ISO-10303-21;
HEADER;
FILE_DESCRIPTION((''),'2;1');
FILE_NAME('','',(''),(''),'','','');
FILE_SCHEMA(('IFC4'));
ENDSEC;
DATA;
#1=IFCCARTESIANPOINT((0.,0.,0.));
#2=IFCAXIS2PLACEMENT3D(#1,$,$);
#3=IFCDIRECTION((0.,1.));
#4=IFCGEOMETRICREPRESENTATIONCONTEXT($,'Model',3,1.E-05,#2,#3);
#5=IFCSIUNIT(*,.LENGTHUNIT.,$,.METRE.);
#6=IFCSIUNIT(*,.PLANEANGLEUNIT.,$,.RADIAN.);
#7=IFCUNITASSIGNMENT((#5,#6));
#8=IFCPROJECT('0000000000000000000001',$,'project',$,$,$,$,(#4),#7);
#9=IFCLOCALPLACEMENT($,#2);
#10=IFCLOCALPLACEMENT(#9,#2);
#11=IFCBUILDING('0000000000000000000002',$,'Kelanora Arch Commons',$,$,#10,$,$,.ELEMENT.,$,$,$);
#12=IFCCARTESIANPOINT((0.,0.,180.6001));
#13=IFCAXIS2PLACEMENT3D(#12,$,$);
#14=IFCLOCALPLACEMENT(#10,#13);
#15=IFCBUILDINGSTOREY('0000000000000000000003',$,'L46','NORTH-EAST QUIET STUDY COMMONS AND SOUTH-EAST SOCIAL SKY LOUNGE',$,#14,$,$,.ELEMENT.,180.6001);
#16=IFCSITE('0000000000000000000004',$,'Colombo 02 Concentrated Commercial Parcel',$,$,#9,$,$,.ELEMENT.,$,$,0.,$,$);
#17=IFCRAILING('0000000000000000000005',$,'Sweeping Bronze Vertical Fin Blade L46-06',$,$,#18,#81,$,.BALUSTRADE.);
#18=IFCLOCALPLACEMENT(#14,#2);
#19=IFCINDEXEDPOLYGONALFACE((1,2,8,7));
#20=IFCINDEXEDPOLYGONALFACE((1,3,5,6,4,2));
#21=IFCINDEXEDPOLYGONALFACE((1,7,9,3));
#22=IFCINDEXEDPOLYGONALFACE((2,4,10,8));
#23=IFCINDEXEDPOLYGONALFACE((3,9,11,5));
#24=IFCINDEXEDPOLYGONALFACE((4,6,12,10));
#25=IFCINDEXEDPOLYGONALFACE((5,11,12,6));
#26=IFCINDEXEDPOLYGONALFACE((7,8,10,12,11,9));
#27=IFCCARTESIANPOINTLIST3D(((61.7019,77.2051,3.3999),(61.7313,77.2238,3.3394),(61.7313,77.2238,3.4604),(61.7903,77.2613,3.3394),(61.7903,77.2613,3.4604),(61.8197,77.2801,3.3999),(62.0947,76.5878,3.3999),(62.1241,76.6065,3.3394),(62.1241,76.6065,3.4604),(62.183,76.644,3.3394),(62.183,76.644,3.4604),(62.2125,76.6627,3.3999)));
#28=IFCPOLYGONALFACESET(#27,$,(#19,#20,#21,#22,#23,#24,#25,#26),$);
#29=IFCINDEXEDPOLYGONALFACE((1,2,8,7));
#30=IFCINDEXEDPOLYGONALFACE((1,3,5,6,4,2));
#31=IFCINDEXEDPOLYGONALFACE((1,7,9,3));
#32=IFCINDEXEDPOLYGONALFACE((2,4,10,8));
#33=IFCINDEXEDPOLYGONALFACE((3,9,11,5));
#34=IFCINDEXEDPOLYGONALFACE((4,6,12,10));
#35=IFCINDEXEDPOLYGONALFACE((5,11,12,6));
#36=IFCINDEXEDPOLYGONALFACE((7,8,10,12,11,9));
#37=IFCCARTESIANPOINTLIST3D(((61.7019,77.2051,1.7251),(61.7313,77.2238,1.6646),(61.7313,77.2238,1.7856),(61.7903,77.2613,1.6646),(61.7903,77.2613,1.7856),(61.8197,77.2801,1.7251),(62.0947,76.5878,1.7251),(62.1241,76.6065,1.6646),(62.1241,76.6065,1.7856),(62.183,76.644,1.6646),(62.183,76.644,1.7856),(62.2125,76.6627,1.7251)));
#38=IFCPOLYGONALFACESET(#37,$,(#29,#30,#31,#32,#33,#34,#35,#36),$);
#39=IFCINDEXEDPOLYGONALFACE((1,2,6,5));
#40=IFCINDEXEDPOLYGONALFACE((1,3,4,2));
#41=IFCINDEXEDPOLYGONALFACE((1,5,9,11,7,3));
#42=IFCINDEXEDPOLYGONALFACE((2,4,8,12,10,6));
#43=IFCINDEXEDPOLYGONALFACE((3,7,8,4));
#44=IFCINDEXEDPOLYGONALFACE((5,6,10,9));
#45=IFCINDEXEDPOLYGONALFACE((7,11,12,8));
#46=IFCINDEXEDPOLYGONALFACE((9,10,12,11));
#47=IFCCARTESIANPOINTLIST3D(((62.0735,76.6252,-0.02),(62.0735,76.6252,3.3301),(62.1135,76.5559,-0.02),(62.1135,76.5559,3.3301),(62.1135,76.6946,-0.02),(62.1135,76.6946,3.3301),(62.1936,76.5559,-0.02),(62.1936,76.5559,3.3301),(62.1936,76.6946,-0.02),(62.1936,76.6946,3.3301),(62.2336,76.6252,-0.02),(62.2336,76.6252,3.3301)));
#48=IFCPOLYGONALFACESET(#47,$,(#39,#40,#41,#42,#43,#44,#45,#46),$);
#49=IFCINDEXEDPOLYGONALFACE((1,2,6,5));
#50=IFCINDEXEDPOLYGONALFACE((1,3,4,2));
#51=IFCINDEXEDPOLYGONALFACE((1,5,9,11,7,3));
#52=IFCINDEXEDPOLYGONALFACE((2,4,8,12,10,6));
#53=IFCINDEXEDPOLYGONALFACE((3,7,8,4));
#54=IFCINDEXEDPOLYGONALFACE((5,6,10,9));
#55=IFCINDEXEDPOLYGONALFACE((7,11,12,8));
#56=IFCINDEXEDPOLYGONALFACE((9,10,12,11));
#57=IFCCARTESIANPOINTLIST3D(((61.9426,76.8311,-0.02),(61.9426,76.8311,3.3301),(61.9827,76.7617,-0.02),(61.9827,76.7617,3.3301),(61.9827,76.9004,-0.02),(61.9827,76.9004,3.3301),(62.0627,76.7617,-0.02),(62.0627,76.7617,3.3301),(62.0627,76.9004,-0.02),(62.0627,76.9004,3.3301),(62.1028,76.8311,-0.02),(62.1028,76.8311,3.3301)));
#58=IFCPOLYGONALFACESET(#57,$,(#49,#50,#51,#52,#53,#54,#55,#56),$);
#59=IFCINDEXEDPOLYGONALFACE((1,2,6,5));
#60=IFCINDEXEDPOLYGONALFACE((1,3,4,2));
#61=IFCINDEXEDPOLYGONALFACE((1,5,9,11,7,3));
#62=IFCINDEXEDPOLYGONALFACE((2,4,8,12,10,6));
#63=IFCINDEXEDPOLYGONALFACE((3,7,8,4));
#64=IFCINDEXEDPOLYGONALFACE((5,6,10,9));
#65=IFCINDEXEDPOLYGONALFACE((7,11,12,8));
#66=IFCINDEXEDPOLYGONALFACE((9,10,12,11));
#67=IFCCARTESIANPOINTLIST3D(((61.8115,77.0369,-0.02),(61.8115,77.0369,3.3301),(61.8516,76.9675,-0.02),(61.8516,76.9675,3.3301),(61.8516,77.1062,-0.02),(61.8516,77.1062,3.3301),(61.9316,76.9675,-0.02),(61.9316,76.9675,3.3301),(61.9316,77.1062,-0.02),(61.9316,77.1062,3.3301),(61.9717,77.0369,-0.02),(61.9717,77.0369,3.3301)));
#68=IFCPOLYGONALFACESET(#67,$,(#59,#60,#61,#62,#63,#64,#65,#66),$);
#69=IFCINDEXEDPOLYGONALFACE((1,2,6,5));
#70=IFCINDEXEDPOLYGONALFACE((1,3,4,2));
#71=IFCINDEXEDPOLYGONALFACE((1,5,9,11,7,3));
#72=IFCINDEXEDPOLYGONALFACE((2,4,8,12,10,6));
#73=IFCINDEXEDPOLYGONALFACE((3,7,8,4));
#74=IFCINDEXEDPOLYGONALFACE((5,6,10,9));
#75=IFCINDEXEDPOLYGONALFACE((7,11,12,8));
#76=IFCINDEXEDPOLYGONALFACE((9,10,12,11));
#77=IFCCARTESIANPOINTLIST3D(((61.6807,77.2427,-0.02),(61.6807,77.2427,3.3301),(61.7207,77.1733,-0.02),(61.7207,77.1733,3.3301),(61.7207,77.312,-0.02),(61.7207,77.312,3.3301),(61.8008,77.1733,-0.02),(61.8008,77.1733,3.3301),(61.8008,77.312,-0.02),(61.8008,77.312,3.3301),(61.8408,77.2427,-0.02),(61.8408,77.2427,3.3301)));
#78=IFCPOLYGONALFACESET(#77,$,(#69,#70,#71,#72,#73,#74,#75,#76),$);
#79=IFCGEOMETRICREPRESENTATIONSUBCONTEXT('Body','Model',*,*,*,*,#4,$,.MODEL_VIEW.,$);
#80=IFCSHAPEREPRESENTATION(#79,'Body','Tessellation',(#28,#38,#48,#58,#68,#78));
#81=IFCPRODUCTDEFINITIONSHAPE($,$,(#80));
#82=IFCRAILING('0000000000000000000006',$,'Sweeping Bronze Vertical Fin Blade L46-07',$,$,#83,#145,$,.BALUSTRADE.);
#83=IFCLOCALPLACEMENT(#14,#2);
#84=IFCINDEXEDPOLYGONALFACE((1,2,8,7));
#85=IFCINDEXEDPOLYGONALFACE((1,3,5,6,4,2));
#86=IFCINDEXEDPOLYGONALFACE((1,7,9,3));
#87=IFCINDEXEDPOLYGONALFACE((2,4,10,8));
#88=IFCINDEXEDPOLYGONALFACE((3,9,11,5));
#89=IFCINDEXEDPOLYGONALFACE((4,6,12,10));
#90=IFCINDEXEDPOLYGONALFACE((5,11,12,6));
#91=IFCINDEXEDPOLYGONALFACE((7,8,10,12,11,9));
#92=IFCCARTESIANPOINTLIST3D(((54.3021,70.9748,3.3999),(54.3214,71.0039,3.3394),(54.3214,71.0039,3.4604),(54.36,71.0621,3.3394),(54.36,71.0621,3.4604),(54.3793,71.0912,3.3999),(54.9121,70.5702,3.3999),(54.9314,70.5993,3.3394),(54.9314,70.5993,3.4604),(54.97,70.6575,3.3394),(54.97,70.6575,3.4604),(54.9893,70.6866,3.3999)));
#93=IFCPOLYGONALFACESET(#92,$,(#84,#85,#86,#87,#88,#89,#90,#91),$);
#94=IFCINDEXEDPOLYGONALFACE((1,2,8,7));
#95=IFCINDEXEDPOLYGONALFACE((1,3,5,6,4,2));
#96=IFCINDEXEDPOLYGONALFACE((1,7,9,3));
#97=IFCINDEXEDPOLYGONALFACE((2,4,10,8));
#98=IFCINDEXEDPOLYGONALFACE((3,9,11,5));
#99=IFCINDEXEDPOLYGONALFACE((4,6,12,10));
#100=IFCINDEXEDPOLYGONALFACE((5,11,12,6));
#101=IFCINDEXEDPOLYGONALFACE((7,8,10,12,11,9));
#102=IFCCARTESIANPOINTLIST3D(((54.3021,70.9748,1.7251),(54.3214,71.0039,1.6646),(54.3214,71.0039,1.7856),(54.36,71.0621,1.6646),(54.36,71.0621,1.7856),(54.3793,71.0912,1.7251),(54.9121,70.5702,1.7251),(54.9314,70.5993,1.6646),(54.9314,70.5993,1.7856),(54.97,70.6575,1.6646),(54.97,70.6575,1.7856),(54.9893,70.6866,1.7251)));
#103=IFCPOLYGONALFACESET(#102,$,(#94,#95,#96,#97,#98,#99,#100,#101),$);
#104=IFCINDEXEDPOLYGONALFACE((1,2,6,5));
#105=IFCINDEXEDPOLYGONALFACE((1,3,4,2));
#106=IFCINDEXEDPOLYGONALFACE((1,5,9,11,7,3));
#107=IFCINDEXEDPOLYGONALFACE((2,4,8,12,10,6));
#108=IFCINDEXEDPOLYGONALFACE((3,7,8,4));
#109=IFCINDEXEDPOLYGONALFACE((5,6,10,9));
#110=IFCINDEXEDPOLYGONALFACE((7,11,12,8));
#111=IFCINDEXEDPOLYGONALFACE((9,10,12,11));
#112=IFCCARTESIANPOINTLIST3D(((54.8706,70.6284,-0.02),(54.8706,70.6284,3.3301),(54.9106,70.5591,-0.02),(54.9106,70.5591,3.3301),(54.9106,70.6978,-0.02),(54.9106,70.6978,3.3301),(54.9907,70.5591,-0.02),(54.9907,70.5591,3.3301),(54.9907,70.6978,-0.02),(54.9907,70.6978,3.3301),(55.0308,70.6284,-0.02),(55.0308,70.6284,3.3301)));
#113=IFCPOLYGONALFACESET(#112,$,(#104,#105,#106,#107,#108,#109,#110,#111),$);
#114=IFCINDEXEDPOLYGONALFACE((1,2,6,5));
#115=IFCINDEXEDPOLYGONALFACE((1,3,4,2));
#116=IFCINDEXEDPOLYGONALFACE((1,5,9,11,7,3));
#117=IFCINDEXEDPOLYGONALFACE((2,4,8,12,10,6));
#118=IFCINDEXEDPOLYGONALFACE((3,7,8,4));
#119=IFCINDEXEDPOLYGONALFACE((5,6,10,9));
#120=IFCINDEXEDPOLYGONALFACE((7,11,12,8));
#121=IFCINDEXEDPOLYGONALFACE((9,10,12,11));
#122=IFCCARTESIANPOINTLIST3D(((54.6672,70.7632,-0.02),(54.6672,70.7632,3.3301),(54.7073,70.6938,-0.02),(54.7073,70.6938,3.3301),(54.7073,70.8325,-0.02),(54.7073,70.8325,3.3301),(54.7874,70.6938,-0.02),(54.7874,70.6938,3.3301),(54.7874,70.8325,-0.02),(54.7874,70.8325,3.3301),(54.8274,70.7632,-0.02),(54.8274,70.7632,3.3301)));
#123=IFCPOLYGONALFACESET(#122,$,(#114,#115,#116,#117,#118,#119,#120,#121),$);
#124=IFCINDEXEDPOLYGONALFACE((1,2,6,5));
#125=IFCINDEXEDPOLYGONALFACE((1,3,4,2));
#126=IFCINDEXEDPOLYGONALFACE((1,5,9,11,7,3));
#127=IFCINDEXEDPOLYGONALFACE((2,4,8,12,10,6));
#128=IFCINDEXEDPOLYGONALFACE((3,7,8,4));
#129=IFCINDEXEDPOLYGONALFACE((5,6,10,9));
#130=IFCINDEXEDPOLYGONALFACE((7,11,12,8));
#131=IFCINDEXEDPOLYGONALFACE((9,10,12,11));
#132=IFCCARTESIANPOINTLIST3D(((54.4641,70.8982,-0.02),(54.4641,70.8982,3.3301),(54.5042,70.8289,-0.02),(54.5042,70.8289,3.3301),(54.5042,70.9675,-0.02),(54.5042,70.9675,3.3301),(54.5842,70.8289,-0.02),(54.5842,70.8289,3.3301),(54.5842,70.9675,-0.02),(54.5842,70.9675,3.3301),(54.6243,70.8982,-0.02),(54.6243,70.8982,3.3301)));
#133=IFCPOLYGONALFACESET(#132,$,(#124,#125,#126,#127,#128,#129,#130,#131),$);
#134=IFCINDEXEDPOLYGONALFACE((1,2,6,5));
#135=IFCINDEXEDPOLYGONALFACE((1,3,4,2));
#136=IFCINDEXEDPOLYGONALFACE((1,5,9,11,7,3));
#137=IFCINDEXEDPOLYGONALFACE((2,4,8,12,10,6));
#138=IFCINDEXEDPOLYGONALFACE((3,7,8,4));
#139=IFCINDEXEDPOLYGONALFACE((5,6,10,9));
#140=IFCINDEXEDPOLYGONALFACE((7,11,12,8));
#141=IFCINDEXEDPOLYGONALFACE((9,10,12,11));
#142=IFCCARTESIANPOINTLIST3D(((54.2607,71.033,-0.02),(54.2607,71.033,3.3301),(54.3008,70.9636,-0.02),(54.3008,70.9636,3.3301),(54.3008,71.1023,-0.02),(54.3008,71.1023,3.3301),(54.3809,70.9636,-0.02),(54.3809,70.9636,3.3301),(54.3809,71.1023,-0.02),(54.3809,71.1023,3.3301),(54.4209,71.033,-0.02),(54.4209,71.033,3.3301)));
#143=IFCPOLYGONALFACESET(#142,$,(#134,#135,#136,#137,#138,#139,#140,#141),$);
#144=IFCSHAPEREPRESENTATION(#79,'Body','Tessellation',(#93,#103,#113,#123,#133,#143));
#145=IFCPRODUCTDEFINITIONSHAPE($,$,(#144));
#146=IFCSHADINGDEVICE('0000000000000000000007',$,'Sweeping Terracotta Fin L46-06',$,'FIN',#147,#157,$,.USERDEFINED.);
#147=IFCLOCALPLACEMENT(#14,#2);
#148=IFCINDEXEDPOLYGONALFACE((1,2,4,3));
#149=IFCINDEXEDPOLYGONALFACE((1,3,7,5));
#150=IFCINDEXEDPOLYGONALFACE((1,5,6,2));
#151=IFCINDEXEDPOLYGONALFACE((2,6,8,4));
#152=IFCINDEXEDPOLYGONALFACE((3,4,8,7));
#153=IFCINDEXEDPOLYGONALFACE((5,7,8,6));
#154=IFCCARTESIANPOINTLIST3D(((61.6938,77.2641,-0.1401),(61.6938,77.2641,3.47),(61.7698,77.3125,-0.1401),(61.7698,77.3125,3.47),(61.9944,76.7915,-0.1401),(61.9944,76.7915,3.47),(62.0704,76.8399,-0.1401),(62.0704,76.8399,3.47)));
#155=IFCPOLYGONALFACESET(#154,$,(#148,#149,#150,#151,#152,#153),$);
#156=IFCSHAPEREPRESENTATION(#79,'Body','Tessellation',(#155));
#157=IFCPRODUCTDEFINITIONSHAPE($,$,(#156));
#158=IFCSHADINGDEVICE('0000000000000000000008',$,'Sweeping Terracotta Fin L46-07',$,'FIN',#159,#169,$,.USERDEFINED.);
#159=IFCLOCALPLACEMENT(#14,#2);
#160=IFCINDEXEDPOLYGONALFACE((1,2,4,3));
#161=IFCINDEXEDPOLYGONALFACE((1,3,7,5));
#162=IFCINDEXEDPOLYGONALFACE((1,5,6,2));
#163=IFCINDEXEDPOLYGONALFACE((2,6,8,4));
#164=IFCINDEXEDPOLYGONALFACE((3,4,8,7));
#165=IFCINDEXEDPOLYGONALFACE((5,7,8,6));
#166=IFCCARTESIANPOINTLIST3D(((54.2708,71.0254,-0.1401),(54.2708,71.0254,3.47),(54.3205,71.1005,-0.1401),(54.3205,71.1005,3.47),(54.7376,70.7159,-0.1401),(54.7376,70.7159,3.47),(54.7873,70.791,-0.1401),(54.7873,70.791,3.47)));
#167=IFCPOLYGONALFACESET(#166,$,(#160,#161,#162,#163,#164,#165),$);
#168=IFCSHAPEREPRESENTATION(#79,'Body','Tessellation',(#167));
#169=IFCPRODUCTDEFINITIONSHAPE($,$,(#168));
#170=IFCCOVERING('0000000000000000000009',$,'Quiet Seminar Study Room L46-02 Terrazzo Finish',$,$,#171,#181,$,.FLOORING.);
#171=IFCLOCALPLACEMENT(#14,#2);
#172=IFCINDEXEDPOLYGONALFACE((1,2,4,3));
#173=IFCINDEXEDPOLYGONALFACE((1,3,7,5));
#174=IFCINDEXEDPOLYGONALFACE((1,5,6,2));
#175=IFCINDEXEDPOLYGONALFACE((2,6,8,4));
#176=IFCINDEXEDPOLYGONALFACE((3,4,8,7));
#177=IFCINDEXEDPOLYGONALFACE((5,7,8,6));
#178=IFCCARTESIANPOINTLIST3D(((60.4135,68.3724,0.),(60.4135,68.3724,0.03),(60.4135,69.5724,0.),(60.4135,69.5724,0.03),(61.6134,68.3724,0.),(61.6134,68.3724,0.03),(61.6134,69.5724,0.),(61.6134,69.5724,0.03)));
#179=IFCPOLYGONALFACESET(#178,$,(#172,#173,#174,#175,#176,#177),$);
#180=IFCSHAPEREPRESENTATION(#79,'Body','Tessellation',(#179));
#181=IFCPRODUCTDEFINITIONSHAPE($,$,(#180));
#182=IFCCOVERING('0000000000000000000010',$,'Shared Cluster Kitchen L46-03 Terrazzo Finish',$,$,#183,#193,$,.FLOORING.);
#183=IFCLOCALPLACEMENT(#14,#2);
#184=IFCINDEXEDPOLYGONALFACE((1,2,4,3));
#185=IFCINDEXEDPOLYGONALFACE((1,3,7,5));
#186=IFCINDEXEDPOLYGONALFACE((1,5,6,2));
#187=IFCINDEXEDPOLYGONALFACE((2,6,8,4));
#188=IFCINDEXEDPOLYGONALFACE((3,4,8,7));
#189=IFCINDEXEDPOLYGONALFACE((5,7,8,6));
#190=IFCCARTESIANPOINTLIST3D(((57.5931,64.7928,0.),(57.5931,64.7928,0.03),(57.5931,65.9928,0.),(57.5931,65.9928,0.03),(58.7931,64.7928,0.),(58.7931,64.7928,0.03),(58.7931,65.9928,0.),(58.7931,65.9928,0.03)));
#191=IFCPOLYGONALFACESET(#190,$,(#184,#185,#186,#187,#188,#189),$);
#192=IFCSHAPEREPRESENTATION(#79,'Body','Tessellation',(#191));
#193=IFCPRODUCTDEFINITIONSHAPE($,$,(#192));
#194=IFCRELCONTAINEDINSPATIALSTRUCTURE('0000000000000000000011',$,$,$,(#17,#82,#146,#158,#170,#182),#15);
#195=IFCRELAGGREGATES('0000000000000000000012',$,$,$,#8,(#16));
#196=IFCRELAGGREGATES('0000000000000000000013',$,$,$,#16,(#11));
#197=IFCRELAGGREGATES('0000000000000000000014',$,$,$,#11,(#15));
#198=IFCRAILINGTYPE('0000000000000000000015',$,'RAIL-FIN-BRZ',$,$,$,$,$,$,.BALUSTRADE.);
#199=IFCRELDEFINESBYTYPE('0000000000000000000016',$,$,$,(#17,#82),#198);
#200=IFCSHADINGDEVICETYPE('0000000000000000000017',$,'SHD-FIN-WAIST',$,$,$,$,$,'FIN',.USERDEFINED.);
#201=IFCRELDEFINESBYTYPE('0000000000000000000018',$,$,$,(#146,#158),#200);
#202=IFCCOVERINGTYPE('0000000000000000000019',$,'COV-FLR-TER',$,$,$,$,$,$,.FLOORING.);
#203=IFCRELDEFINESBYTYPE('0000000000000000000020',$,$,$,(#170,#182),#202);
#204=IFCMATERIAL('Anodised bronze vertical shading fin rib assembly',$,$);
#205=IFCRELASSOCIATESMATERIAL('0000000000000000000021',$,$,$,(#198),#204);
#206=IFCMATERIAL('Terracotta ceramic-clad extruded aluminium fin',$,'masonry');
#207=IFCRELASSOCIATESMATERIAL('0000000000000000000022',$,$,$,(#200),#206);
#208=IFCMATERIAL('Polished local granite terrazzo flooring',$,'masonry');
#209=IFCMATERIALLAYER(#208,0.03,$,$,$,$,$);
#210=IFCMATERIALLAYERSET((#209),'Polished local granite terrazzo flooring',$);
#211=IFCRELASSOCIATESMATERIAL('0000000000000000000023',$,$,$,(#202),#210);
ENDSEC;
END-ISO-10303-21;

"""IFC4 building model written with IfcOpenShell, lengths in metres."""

from ifc_helpers import new_model, si_unit, direction, frame, origin, origin_2d, place, context, subcontext, project, spatial, polyline, rectangle, outline, extrude, source, transform, mapped, material, layer, layer_set, type_object, element, save


model = new_model("IFC4")

# Units and contexts
model_context = context("Model", 3, precision=1e-05, world=origin(), true_north=direction((0.0, 1.0)))
body_context = subcontext(model_context, "Body", "Model", "MODEL_VIEW")
ifc_project = project(units=[si_unit("LENGTHUNIT", "METRE"), si_unit("PLANEANGLEUNIT", "RADIAN")], contexts=[model_context])

# Site, building, storey
site_placement = place(None, origin())
site = spatial("IfcSite", under=ifc_project, at=site_placement, Name="Colombo 02 Concentrated Commercial Parcel", CompositionType="ELEMENT", RefElevation=0.0)
building_placement = place(site_placement, origin())
building = spatial("IfcBuilding", under=site, at=building_placement, Name="Kelanora Arch Commons", CompositionType="ELEMENT")
storey_placement = place(building_placement, frame((0.0, 0.0, 180.6001)))
storey = spatial("IfcBuildingStorey", under=building, at=storey_placement, Name="L46", Description="NORTH-EAST QUIET STUDY COMMONS AND SOUTH-EAST SOCIAL SKY LOUNGE", CompositionType="ELEMENT", Elevation=180.6001)

# Railings
ifc_material_1 = material(Name="Anodised bronze vertical shading fin rib assembly")
railing_type = type_object("IfcRailingType", Name="RAIL-FIN-BRZ", PredefinedType="BALUSTRADE", material=ifc_material_1)
railing_1_placement = place(storey_placement, frame((62.1536, 76.6252, -0.02)))
element("IfcRailing", 1, at=railing_1_placement, inside=storey, type_object=railing_type, Name="Sweeping Bronze Vertical Fin Blade L46-06", PredefinedType="BALUSTRADE", context=body_context, shape_type="SweptSolid", body=[
    extrude(outline(polyline([(0.0698, 0.0), (0.0349, 0.0605), (-0.0349, 0.0605), (-0.0698, 0.0), (-0.0349, -0.0605), (0.0349, -0.0605), (0.0698, 0.0)])), frame((0.0, 0.0, 3.4199), z_axis=(-0.536789, 0.843716, 0.0), x_axis=(-0.843716, -0.536789, 0.0)), (0.0, 0.0, 1.0), 0.7317),
    extrude(outline(polyline([(0.0698, 0.0), (0.0349, 0.0605), (-0.0349, 0.0605), (-0.0698, 0.0), (-0.0349, -0.0605), (0.0349, -0.0605), (0.0698, 0.0)])), frame((0.0, 0.0, 1.7451), z_axis=(-0.536789, 0.843716, 0.0), x_axis=(-0.843716, -0.536789, 0.0)), (0.0, 0.0, 1.0), 0.7317),
    extrude(outline(polyline([(0.0801, 0.0), (0.04, 0.0693), (-0.04, 0.0693), (-0.0801, 0.0), (-0.04, -0.0693), (0.04, -0.0693), (0.0801, 0.0)])), origin(), (0.0, 0.0, 1.0), 3.3501),
    extrude(outline(polyline([(0.0801, 0.0), (0.04, 0.0693), (-0.04, 0.0693), (-0.0801, 0.0), (-0.04, -0.0693), (0.04, -0.0693), (0.0801, 0.0)])), frame((-0.1309, 0.2058, 0.0)), (0.0, 0.0, 1.0), 3.3501),
    extrude(outline(polyline([(0.0801, 0.0), (0.04, 0.0693), (-0.04, 0.0693), (-0.0801, 0.0), (-0.04, -0.0693), (0.04, -0.0693), (0.0801, 0.0)])), frame((-0.262, 0.4116, 0.0)), (0.0, 0.0, 1.0), 3.3501),
    extrude(outline(polyline([(0.0801, 0.0), (0.04, 0.0693), (-0.04, 0.0693), (-0.0801, 0.0), (-0.04, -0.0693), (0.04, -0.0693), (0.0801, 0.0)])), frame((-0.3928, 0.6174, 0.0)), (0.0, 0.0, 1.0), 3.3501),
])
railing_2_placement = place(storey_placement, frame((54.9507, 70.6284, -0.02)))
element("IfcRailing", 2, at=railing_2_placement, inside=storey, type_object=railing_type, Name="Sweeping Bronze Vertical Fin Blade L46-07", PredefinedType="BALUSTRADE", context=body_context, shape_type="SweptSolid", body=[
    extrude(outline(polyline([(0.0698, 0.0), (0.0349, 0.0605), (-0.0349, 0.0605), (-0.0698, 0.0), (-0.0349, -0.0605), (0.0349, -0.0605), (0.0698, 0.0)])), frame((0.0, 0.0, 3.4199), z_axis=(-0.833331, 0.552774, 0.0), x_axis=(-0.552774, -0.833331, 0.0)), (0.0, 0.0, 1.0), 0.7319),
    extrude(outline(polyline([(0.0698, 0.0), (0.0349, 0.0605), (-0.0349, 0.0605), (-0.0698, 0.0), (-0.0349, -0.0605), (0.0349, -0.0605), (0.0698, 0.0)])), frame((0.0, 0.0, 1.7451), z_axis=(-0.833331, 0.552774, 0.0), x_axis=(-0.552774, -0.833331, 0.0)), (0.0, 0.0, 1.0), 0.7319),
    extrude(outline(polyline([(0.0801, 0.0), (0.04, 0.0693), (-0.04, 0.0693), (-0.0801, 0.0), (-0.04, -0.0693), (0.04, -0.0693), (0.0801, 0.0)])), origin(), (0.0, 0.0, 1.0), 3.3501),
    extrude(outline(polyline([(0.0801, 0.0), (0.04, 0.0693), (-0.04, 0.0693), (-0.0801, 0.0), (-0.04, -0.0693), (0.04, -0.0693), (0.0801, 0.0)])), frame((-0.2034, 0.1348, 0.0)), (0.0, 0.0, 1.0), 3.3501),
    extrude(outline(polyline([(0.0801, 0.0), (0.04, 0.0693), (-0.04, 0.0693), (-0.0801, 0.0), (-0.04, -0.0693), (0.04, -0.0693), (0.0801, 0.0)])), frame((-0.4065, 0.2698, 0.0)), (0.0, 0.0, 1.0), 3.3501),
    extrude(outline(polyline([(0.0801, 0.0), (0.04, 0.0693), (-0.04, 0.0693), (-0.0801, 0.0), (-0.04, -0.0693), (0.04, -0.0693), (0.0801, 0.0)])), frame((-0.6099, 0.4045, 0.0)), (0.0, 0.0, 1.0), 3.3501),
])

# Shading devices
ifc_material_2 = material(Name="Terracotta ceramic-clad extruded aluminium fin", Category="masonry")
shading_device_type = type_object("IfcShadingDeviceType", Name="SHD-FIN-WAIST", ElementType="FIN", PredefinedType="USERDEFINED", material=ifc_material_2)
shared_shape_1 = source(origin(), body_context, "Body", "SweptSolid", [
    extrude(rectangle(XDim=0.5601, YDim=0.0901, at=origin_2d()), origin(), (0.0, 0.0, 1.0), 3.6101),
])
for number, where, z_axis, x_axis, name in (
    (3, (61.8821, 77.052, -0.1401), (0.0, 0.0, 1.0), (-0.536711, 0.843766, 0.0), "Sweeping Terracotta Fin L46-06"),
    (4, (54.5291, 70.9082, -0.1401), (0.0, 0.0, 1.0), (-0.8335, 0.552519, 0.0), "Sweeping Terracotta Fin L46-07"),
):
    element("IfcShadingDevice", number, at=place(storey_placement, frame(where, z_axis=z_axis, x_axis=x_axis)), inside=storey, type_object=shading_device_type, Name=name, ObjectType="FIN", PredefinedType="USERDEFINED", context=body_context, shape_type="MappedRepresentation", body=[
        mapped(shared_shape_1, transform((0.0, 0.0, 0.0), scale=1.0)),
    ])

# Coverings
ifc_material_3 = material(Name="Polished local granite terrazzo flooring", Category="masonry")
ifc_layer_1 = layer(ifc_material_3, 0.03)
ifc_layer_set_1 = layer_set([ifc_layer_1], Name="Polished local granite terrazzo flooring")
covering_type = type_object("IfcCoveringType", Name="COV-FLR-TER", PredefinedType="FLOORING", material=ifc_layer_set_1)
shared_shape_2 = source(origin(), body_context, "Body", "SweptSolid", [
    extrude(rectangle(XDim=1.2, YDim=1.2, at=origin_2d()), origin(), (0.0, 0.0, 1.0), 0.03),
])
for number, where, z_axis, x_axis, name in (
    (5, (61.0134, 68.9724, 0.0), (0.0, 0.0, 1.0), (1.0, 0.0, 0.0), "Quiet Seminar Study Room L46-02 Terrazzo Finish"),
    (6, (58.1931, 65.3928, 0.0), (0.0, 0.0, 1.0), (1.0, 0.0, 0.0), "Shared Cluster Kitchen L46-03 Terrazzo Finish"),
):
    element("IfcCovering", number, at=place(storey_placement, frame(where, z_axis=z_axis, x_axis=x_axis)), inside=storey, type_object=covering_type, Name=name, PredefinedType="FLOORING", context=body_context, shape_type="MappedRepresentation", body=[
        mapped(shared_shape_2, transform((0.0, 0.0, 0.0), scale=1.0)),
    ])

save(model, "model.ifc")
